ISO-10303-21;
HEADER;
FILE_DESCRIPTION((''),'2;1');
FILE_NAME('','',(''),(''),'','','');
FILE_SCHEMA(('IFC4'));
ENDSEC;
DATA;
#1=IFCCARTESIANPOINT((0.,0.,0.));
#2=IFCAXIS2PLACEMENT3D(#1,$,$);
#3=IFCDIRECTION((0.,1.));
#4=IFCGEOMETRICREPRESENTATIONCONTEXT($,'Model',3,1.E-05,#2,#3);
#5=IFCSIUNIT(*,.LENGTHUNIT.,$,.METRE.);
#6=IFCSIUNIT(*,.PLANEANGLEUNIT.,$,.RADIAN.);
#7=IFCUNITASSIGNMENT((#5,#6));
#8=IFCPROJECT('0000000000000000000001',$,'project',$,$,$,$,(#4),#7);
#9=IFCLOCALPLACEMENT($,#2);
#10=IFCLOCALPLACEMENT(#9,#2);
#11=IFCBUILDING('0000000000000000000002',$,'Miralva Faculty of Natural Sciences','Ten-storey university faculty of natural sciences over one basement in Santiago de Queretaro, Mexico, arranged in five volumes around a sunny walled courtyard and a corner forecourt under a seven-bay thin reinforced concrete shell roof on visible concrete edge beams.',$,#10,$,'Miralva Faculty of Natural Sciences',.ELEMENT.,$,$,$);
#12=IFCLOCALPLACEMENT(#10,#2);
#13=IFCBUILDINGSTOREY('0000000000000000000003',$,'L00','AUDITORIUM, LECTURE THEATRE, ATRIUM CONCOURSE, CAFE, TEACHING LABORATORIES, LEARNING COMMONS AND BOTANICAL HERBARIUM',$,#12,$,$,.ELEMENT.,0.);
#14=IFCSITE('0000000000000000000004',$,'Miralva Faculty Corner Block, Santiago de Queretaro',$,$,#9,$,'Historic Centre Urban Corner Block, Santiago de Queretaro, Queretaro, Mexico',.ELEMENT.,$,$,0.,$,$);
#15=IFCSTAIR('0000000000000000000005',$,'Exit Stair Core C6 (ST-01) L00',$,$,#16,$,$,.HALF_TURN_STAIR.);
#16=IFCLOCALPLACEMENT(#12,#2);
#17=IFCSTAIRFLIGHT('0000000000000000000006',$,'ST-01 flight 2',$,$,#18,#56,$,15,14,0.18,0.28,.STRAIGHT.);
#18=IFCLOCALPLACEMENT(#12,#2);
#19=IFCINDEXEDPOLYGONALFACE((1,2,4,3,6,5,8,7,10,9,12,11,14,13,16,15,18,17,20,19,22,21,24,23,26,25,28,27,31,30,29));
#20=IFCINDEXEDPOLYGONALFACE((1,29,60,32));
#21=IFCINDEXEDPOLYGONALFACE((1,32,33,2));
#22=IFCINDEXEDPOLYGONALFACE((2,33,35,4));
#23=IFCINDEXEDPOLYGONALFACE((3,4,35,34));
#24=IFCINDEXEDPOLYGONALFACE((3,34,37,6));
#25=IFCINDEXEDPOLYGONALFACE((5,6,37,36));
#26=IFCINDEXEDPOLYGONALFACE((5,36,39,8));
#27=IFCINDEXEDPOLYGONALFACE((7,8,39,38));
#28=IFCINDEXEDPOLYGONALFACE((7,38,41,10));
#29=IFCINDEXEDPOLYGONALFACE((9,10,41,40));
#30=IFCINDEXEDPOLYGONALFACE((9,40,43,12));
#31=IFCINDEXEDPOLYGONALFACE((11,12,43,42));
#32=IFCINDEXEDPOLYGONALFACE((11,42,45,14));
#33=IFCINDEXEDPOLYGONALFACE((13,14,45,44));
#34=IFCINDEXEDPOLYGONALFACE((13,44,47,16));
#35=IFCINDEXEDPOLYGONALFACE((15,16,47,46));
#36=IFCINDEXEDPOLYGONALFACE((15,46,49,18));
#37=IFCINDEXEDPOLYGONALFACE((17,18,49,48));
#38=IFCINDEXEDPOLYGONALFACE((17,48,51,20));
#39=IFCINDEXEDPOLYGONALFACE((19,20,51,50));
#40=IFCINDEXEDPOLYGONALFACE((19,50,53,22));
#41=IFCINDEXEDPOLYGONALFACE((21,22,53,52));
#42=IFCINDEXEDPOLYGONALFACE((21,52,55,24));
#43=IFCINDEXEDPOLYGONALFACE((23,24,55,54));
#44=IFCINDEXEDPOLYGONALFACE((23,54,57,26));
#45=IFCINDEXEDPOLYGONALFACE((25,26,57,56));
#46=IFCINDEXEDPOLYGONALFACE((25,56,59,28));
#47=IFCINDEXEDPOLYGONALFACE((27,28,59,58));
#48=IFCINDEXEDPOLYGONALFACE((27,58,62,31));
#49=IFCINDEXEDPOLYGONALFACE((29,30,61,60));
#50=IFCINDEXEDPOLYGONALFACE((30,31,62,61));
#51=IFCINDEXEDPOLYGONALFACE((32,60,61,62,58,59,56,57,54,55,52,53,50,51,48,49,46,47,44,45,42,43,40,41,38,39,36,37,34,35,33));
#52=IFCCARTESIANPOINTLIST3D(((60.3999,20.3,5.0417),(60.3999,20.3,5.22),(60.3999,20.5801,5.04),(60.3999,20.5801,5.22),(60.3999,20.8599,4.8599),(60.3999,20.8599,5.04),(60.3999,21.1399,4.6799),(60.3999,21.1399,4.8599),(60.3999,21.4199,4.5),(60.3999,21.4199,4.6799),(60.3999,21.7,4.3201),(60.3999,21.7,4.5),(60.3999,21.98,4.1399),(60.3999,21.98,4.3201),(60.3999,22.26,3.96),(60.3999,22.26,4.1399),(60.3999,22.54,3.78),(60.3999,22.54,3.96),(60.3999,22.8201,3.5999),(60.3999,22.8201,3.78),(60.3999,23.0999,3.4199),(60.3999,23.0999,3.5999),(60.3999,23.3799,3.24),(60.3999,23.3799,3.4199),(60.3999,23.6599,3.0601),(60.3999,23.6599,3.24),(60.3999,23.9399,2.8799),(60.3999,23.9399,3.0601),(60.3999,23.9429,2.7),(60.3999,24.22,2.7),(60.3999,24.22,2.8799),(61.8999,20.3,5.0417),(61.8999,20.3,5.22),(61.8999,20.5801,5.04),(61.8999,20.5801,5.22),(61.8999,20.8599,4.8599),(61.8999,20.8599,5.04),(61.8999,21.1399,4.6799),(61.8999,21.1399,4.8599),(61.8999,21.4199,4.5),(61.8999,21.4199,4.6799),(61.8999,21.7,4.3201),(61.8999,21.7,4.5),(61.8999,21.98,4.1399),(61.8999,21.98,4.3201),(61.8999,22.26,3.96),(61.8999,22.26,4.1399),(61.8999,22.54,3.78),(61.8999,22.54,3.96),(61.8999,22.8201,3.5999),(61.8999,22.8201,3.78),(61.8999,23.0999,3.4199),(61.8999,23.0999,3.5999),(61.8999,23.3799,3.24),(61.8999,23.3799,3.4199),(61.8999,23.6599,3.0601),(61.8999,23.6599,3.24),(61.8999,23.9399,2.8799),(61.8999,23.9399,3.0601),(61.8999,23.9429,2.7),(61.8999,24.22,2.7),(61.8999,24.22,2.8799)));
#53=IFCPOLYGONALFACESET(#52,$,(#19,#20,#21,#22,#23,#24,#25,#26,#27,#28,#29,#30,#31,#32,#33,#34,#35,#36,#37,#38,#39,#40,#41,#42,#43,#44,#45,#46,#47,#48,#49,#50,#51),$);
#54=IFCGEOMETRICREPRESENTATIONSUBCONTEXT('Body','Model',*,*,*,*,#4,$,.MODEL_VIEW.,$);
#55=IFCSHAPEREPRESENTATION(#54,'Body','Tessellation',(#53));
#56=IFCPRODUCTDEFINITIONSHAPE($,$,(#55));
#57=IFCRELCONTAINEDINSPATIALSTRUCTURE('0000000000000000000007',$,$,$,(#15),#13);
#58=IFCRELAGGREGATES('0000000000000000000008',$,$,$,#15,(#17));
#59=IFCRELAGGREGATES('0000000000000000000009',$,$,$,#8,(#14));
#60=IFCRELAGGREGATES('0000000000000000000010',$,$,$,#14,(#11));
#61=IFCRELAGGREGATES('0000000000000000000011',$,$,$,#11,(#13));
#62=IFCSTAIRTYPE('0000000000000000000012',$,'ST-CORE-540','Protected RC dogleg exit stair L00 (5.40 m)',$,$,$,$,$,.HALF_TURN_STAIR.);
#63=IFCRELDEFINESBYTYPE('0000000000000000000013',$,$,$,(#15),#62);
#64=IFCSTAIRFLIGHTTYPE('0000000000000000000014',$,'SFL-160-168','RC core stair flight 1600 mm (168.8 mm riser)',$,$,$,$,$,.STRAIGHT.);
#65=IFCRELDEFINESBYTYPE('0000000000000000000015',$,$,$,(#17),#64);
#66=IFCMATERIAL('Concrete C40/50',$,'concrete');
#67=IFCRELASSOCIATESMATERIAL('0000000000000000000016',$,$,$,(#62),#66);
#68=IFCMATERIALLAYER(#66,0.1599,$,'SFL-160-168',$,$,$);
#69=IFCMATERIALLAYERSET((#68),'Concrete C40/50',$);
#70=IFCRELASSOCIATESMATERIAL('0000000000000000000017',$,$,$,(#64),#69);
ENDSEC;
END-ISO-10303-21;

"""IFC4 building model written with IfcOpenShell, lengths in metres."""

from ifc_helpers import new_model, si_unit, direction, frame, origin, place, context, subcontext, project, spatial, polyline, outline, extrude, material, layer, layer_set, type_object, element, aggregate, save


model = new_model("IFC4")

# Units and contexts
model_context = context("Model", 3, precision=1e-05, world=origin(), true_north=direction((0.0, 1.0)))
body_context = subcontext(model_context, "Body", "Model", "MODEL_VIEW")
ifc_project = project(units=[si_unit("LENGTHUNIT", "METRE"), si_unit("PLANEANGLEUNIT", "RADIAN")], contexts=[model_context])

# Site, building, storey
site_placement = place(None, origin())
site = spatial("IfcSite", under=ifc_project, at=site_placement, Name="Miralva Faculty Corner Block, Santiago de Queretaro", LongName="Historic Centre Urban Corner Block, Santiago de Queretaro, Queretaro, Mexico", CompositionType="ELEMENT", RefElevation=0.0)
building_placement = place(site_placement, origin())
building = spatial("IfcBuilding", under=site, at=building_placement, Name="Miralva Faculty of Natural Sciences", Description="Ten-storey university faculty of natural sciences over one basement in Santiago de Queretaro, Mexico, arranged in five volumes around a sunny walled courtyard and a corner forecourt under a seven-bay thin reinforced concrete shell roof on visible concrete edge beams.", LongName="Miralva Faculty of Natural Sciences", CompositionType="ELEMENT")
storey_placement = place(building_placement, origin())
storey = spatial("IfcBuildingStorey", under=building, at=storey_placement, Name="L00", Description="AUDITORIUM, LECTURE THEATRE, ATRIUM CONCOURSE, CAFE, TEACHING LABORATORIES, LEARNING COMMONS AND BOTANICAL HERBARIUM", CompositionType="ELEMENT", Elevation=0.0)

# Shared definitions
ifc_material_1 = material(Name="Concrete C40/50", Category="concrete")

# Stair, stair flight
stair_type = type_object("IfcStairType", Name="ST-CORE-540", Description="Protected RC dogleg exit stair L00 (5.40 m)", PredefinedType="HALF_TURN_STAIR", material=ifc_material_1)
stair_placement = place(storey_placement, origin())
stair = element("IfcStair", 1, at=stair_placement, inside=storey, type_object=stair_type, Name="Exit Stair Core C6 (ST-01) L00", PredefinedType="HALF_TURN_STAIR")
ifc_layer_1 = layer(ifc_material_1, 0.1599, Name="SFL-160-168")
ifc_layer_set_1 = layer_set([ifc_layer_1], Name="Concrete C40/50")
stair_flight_type = type_object("IfcStairFlightType", Name="SFL-160-168", Description="RC core stair flight 1600 mm (168.8 mm riser)", PredefinedType="STRAIGHT", material=ifc_layer_set_1)
stair_flight_1_placement = place(storey_placement, frame((61.1499, 24.22, 2.7), z_axis=(0.0, 0.0, 1.0), x_axis=(0.0, -1.0, 0.0)))
stair_flight_1 = element("IfcStairFlight", 2, at=stair_flight_1_placement, type_object=stair_flight_type, Name="ST-01 flight 2", NumberOfRisers=15, NumberOfTreads=14, PredefinedType="STRAIGHT", RiserHeight=0.18, TreadLength=0.28, context=body_context, shape_type="SweptSolid", body=[
    extrude(outline(polyline([(0.0, 0.0), (0.0, 0.1799), (0.28, 0.1799), (0.28, 0.3601), (0.5601, 0.3601), (0.5601, 0.54), (0.8401, 0.54), (0.8401, 0.72), (1.1201, 0.72), (1.1201, 0.8999), (1.3999, 0.8999), (1.3999, 1.0801), (1.6799, 1.0801), (1.6799, 1.26), (1.96, 1.26), (1.96, 1.4399), (2.24, 1.4399), (2.24, 1.6201), (2.52, 1.6201), (2.52, 1.8), (2.8, 1.8), (2.8, 1.98), (3.0801, 1.98), (3.0801, 2.1599), (3.3601, 2.1599), (3.3601, 2.3401), (3.6399, 2.3401), (3.6399, 2.52), (3.9199, 2.52), (3.9199, 2.7), (3.9199, 2.3418), (0.2771, 0.0), (0.0, 0.0)])), frame((0.0, 0.75, 0.0), z_axis=(0.0, -1.0, 0.0), x_axis=(1.0, 0.0, 0.0)), (0.0, 0.0, 1.0), 1.5),
])
aggregate(stair, [stair_flight_1])

save(model, "model.ifc")
